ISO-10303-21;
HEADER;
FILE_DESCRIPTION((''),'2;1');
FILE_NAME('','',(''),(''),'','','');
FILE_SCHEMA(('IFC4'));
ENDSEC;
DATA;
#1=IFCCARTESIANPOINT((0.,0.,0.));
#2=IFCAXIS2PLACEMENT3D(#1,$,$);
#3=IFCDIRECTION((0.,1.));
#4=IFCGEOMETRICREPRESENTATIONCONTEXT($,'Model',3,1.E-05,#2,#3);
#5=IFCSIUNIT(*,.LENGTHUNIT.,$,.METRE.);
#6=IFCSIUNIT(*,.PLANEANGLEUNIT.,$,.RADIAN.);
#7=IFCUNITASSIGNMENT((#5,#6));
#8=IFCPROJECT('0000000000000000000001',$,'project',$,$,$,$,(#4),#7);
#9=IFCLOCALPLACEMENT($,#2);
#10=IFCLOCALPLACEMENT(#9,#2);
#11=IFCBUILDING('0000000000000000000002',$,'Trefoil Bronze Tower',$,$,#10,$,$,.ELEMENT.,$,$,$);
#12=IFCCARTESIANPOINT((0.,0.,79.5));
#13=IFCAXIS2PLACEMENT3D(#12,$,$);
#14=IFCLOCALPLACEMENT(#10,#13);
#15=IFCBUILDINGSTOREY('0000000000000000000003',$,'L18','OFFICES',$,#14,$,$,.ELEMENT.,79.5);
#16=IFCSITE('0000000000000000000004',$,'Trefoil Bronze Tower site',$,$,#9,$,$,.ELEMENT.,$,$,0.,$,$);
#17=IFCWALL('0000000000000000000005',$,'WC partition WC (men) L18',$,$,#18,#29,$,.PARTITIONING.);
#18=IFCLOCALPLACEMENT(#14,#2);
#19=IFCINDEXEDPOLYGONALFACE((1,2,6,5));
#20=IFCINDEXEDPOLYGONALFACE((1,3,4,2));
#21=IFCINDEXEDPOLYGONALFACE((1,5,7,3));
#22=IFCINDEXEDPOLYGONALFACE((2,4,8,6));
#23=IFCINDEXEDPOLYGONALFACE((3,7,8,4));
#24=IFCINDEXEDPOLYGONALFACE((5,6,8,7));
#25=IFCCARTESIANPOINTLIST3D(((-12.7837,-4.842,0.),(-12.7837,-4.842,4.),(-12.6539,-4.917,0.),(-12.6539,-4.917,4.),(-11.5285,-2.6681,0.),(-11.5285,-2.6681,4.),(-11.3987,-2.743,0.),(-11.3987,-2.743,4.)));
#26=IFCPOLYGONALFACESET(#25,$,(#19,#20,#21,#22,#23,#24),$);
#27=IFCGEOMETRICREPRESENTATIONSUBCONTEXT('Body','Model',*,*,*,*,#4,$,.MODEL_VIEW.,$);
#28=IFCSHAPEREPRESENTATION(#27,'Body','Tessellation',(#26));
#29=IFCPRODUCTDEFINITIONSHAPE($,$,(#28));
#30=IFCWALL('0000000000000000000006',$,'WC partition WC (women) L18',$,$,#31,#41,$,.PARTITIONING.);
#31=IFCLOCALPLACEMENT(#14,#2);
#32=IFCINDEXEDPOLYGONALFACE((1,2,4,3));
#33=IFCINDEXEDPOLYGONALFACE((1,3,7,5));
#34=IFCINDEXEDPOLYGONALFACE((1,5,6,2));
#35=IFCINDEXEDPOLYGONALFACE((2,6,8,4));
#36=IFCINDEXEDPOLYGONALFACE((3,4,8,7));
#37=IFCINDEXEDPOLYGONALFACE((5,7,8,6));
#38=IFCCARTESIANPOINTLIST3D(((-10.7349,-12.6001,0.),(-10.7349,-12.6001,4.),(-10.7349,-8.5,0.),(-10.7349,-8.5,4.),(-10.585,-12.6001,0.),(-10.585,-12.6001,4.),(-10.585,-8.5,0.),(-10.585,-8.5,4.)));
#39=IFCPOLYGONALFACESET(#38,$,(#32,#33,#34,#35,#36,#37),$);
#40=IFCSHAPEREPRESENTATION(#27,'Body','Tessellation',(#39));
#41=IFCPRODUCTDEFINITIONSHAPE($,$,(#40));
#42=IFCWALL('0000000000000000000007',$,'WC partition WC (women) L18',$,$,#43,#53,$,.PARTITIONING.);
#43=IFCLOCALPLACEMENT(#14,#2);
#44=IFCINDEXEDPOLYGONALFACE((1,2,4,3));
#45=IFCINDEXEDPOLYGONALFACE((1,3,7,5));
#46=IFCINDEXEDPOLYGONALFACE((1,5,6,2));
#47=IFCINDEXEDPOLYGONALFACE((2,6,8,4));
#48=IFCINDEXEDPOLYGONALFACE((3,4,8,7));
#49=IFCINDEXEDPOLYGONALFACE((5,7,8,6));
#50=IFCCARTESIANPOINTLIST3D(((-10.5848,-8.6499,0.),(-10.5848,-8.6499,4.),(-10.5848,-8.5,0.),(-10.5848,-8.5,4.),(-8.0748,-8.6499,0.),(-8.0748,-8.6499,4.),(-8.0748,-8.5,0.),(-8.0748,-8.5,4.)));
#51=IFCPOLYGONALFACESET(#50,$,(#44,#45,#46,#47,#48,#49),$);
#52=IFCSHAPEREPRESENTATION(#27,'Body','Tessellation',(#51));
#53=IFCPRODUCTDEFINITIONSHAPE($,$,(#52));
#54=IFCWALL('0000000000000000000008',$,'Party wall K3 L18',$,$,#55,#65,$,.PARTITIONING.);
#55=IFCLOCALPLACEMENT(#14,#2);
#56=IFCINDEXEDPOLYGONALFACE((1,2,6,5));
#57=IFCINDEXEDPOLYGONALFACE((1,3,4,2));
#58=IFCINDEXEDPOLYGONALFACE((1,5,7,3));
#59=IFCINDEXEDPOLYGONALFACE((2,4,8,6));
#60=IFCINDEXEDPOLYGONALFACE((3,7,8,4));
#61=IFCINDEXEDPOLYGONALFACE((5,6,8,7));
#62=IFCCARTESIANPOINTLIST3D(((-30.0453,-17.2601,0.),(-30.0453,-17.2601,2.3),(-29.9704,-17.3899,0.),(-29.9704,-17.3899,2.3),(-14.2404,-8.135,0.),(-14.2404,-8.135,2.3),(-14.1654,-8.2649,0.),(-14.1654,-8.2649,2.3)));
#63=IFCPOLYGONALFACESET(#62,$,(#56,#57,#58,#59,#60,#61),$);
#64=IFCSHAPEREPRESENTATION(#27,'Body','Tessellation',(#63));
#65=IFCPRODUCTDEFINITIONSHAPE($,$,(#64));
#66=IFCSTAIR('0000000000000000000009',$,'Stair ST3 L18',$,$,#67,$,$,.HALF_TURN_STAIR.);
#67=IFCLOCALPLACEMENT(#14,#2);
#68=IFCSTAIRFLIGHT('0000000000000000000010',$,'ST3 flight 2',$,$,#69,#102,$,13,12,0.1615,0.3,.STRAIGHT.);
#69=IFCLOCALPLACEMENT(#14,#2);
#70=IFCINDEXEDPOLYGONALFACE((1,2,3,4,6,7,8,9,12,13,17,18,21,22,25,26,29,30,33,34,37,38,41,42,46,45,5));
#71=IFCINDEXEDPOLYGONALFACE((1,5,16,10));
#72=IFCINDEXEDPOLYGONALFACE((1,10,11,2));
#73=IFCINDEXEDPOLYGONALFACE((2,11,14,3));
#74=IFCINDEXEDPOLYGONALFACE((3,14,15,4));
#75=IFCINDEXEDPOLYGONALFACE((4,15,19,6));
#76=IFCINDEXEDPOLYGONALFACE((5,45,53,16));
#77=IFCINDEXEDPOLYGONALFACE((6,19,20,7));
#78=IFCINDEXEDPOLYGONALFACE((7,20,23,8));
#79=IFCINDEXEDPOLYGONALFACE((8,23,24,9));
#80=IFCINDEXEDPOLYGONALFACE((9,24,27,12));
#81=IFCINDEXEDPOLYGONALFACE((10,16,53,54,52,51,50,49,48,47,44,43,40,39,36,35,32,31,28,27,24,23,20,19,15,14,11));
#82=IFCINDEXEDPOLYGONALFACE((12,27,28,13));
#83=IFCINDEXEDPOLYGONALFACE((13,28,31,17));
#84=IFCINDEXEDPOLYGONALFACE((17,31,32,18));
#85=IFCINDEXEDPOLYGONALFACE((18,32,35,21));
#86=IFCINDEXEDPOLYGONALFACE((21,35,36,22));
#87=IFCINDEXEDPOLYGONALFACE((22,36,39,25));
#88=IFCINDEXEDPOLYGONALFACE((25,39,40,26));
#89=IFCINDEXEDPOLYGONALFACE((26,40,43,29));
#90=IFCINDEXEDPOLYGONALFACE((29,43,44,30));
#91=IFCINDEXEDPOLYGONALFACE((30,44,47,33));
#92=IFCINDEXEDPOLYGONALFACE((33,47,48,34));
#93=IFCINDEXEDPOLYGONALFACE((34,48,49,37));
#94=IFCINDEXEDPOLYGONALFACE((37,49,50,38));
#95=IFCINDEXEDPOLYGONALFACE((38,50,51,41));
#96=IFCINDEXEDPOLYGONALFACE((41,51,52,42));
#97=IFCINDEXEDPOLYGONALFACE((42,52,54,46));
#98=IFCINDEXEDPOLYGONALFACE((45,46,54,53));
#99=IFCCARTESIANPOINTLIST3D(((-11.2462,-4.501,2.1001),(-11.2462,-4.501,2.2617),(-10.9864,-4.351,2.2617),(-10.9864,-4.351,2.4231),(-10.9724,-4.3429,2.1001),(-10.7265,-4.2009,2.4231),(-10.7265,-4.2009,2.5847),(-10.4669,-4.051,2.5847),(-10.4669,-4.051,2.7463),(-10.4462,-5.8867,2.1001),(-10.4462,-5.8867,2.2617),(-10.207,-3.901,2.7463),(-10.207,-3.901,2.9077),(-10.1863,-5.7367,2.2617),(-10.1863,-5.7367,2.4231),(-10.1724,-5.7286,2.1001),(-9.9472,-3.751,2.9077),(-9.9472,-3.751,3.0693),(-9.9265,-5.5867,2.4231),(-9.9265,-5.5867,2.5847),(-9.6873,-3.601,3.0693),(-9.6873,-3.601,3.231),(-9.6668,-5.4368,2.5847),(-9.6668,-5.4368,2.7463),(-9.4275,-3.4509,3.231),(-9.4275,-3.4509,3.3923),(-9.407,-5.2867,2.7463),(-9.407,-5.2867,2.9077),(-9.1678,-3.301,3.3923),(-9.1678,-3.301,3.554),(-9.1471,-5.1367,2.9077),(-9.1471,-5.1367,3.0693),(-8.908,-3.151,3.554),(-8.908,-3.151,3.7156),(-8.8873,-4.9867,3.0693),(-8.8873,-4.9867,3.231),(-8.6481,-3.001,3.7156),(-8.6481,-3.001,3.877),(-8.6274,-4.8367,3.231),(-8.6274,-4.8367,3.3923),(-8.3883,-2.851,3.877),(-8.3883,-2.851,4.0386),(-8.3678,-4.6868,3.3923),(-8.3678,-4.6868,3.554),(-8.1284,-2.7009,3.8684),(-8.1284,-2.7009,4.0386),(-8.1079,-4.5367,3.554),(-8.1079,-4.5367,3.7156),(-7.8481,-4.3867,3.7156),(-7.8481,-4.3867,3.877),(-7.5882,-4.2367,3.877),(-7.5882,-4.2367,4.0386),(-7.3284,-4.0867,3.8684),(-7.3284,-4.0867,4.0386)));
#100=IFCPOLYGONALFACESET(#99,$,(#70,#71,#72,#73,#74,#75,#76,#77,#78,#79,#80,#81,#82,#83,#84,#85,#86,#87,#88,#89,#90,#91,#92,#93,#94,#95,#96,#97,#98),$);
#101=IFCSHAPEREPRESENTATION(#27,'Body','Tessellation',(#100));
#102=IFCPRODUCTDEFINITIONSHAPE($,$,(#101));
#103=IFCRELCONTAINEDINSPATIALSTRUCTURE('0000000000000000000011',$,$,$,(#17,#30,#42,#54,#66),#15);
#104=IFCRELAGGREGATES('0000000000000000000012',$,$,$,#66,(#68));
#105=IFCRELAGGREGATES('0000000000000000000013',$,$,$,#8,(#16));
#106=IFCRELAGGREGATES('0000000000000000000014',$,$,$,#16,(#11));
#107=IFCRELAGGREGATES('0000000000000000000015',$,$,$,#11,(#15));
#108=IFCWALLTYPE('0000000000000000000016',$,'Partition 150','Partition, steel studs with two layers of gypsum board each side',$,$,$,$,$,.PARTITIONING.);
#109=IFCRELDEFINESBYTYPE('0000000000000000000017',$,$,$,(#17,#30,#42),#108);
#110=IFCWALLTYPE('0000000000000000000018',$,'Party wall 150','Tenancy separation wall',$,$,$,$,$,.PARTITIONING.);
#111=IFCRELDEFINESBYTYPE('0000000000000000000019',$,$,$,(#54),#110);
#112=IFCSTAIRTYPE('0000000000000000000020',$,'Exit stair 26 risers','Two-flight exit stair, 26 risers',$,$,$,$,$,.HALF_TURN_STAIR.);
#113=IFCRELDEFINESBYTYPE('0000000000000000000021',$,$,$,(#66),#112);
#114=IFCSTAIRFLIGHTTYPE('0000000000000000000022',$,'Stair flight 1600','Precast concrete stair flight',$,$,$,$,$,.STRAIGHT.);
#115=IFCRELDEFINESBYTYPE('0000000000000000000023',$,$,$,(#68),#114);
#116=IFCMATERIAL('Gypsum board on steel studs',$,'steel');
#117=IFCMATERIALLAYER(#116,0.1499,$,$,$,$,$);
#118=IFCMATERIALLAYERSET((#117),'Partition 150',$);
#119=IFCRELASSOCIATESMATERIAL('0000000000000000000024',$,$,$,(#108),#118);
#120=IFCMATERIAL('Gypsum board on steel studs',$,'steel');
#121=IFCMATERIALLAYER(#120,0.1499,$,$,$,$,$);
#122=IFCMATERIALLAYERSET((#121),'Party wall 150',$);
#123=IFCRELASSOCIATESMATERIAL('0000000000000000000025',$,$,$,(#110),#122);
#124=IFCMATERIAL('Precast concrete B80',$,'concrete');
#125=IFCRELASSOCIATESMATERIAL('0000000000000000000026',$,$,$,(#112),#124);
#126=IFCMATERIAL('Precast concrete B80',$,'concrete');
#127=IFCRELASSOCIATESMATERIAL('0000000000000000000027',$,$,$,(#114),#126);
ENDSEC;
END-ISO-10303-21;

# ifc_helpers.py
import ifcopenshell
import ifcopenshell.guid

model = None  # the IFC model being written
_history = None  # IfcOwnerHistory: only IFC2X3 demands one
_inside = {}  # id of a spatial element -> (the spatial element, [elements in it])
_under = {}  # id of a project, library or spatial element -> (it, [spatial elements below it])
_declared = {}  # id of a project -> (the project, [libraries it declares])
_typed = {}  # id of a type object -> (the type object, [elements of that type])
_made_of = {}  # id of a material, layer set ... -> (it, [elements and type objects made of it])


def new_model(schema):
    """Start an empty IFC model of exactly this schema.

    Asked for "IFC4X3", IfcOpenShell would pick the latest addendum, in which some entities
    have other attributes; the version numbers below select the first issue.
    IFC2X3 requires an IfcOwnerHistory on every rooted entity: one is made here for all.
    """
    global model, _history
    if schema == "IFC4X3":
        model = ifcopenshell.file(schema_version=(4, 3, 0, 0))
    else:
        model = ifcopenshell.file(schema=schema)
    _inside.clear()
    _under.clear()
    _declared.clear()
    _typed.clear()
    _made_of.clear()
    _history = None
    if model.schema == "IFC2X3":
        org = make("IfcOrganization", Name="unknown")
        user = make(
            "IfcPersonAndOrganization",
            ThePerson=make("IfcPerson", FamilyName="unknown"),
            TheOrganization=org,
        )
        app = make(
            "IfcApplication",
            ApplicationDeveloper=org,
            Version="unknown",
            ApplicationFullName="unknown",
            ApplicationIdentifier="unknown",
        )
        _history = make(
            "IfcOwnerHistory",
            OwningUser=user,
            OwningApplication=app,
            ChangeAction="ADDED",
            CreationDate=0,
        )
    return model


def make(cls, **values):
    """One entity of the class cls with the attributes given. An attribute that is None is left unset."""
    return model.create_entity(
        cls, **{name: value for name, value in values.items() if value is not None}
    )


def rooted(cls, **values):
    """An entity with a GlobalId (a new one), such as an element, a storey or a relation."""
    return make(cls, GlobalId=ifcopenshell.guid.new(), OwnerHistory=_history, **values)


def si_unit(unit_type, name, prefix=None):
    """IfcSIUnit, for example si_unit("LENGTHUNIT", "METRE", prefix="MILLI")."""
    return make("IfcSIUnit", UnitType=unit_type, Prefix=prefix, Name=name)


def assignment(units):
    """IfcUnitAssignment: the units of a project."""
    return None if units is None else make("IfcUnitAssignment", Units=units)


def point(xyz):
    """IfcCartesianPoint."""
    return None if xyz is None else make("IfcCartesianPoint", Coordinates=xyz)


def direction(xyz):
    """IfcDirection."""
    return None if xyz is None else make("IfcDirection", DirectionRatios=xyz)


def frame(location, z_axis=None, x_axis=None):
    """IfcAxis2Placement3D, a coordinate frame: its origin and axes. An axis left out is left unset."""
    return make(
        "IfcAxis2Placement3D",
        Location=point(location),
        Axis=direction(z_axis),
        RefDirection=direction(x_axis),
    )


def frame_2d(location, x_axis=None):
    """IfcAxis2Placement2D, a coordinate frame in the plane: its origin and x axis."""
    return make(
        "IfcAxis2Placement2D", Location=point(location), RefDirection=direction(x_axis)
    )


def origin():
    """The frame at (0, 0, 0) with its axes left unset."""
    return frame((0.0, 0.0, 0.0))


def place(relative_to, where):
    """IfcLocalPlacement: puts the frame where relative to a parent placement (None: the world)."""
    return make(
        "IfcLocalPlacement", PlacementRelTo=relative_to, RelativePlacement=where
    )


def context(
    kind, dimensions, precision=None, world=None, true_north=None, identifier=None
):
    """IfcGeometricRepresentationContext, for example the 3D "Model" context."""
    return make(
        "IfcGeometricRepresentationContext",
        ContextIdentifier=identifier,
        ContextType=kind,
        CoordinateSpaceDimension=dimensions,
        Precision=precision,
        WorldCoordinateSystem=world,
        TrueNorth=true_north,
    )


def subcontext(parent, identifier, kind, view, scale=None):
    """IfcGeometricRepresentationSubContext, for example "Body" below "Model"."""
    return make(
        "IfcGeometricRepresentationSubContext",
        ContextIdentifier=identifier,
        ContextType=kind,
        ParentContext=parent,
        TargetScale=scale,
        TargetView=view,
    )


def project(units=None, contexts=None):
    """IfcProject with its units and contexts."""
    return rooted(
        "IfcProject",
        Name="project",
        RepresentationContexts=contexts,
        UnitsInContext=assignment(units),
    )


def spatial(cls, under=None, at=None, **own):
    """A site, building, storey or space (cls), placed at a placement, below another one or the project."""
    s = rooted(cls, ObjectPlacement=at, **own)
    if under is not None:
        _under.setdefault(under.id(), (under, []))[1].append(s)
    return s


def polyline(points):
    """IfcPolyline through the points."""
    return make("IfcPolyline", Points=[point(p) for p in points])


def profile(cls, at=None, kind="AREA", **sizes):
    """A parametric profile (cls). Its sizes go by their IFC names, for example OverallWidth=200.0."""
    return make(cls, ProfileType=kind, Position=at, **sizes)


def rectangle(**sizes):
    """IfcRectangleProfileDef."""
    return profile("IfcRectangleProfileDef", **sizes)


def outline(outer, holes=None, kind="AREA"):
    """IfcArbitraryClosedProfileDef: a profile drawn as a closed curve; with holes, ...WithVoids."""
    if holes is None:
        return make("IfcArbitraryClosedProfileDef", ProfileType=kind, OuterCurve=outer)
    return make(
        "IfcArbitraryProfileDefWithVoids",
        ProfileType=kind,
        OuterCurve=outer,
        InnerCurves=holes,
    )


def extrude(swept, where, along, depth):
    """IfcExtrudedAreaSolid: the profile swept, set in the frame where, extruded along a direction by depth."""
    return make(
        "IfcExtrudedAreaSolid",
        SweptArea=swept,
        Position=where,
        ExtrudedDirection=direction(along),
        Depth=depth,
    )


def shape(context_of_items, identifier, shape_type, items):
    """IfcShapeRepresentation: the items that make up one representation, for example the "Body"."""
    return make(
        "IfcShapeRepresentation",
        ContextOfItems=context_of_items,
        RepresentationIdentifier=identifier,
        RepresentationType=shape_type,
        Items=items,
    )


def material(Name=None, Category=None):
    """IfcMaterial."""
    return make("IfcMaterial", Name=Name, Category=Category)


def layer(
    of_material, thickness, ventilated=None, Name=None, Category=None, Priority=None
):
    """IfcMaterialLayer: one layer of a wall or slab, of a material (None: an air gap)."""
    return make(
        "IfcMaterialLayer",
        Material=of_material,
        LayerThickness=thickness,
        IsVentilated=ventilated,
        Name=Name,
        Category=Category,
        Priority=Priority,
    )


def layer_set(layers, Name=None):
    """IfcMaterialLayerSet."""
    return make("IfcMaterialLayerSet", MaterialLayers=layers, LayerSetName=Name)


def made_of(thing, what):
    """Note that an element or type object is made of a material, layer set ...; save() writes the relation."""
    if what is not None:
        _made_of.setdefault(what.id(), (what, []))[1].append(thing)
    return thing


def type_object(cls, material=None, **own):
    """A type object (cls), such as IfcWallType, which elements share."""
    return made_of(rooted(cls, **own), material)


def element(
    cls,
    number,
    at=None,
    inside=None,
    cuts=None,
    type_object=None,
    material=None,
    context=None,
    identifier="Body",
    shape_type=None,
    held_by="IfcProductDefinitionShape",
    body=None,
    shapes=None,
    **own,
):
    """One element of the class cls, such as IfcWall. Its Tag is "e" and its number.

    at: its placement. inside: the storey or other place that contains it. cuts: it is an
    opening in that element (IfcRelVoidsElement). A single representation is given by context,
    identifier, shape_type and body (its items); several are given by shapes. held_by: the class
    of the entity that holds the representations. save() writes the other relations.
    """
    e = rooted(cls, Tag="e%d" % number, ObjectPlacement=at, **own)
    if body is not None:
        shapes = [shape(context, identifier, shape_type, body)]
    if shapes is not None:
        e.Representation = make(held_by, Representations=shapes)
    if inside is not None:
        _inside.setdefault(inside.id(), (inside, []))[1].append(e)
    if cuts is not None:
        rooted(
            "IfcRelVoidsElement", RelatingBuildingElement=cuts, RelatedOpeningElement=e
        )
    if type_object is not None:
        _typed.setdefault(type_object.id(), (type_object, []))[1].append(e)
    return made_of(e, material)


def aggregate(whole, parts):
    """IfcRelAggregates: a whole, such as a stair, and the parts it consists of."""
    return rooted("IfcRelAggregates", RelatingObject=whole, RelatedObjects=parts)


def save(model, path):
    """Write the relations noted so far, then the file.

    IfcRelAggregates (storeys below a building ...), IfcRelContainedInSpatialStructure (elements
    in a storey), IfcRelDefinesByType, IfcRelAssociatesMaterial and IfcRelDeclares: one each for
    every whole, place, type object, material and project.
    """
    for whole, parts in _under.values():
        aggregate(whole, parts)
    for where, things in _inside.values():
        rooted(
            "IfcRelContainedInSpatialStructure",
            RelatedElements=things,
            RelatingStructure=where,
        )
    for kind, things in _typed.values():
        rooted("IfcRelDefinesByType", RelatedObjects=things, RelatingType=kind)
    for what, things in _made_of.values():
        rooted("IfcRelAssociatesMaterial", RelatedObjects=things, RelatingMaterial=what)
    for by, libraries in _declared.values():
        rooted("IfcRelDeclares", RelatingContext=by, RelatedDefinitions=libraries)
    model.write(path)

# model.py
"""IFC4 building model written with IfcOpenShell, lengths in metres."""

from ifc_helpers import new_model, si_unit, direction, frame, frame_2d, origin, place, context, subcontext, project, spatial, polyline, rectangle, outline, extrude, material, layer, layer_set, type_object, element, aggregate, save


model = new_model("IFC4")

# Units and contexts
model_context = context("Model", 3, precision=1e-05, world=origin(), true_north=direction((0.0, 1.0)))
body_context = subcontext(model_context, "Body", "Model", "MODEL_VIEW")
ifc_project = project(units=[si_unit("LENGTHUNIT", "METRE"), si_unit("PLANEANGLEUNIT", "RADIAN")], contexts=[model_context])

# Site, building, storey
site_placement = place(None, origin())
site = spatial("IfcSite", under=ifc_project, at=site_placement, Name="Trefoil Bronze Tower site", CompositionType="ELEMENT", RefElevation=0.0)
building_placement = place(site_placement, origin())
building = spatial("IfcBuilding", under=site, at=building_placement, Name="Trefoil Bronze Tower", CompositionType="ELEMENT")
storey_placement = place(building_placement, frame((0.0, 0.0, 79.5)))
storey = spatial("IfcBuildingStorey", under=building, at=storey_placement, Name="L18", Description="OFFICES", CompositionType="ELEMENT", Elevation=79.5)

# Shared definitions
ifc_material_1 = material(Name="Gypsum board on steel studs", Category="steel")
ifc_layer_1 = layer(ifc_material_1, 0.1499)
ifc_layer_set_1 = layer_set([ifc_layer_1], Name="Partition 150")
wall_type_1 = type_object("IfcWallType", Name="Partition 150", Description="Partition, steel studs with two layers of gypsum board each side", PredefinedType="PARTITIONING", material=ifc_layer_set_1)

# Walls
wall_1_placement = place(storey_placement, frame((-11.4636, -2.7056, 0.0), z_axis=(0.0, 0.0, 1.0), x_axis=(-0.50002, -0.866014, 0.0)))
element("IfcWall", 1, at=wall_1_placement, inside=storey, type_object=wall_type_1, Name="WC partition WC (men) L18", PredefinedType="PARTITIONING", context=body_context, shape_type="SweptSolid", body=[
    extrude(rectangle(XDim=2.5103, YDim=0.1499, at=frame_2d((1.2551, 0.0))), origin(), (0.0, 0.0, 1.0), 4.0),
])
wall_2_placement = place(storey_placement, frame((-10.6599, -8.5, 0.0), z_axis=(0.0, 0.0, 1.0), x_axis=(0.0, -1.0, 0.0)))
element("IfcWall", 2, at=wall_2_placement, inside=storey, type_object=wall_type_1, Name="WC partition WC (women) L18", PredefinedType="PARTITIONING", context=body_context, shape_type="SweptSolid", body=[
    extrude(rectangle(XDim=4.1001, YDim=0.1499, at=frame_2d((2.05, 0.0))), origin(), (0.0, 0.0, 1.0), 4.0),
])
wall_3_placement = place(storey_placement, frame((-8.075, -8.575, 0.0), z_axis=(0.0, 0.0, 1.0), x_axis=(-1.0, 0.0, 0.0)))
element("IfcWall", 3, at=wall_3_placement, inside=storey, type_object=wall_type_1, Name="WC partition WC (women) L18", PredefinedType="PARTITIONING", context=body_context, shape_type="SweptSolid", body=[
    extrude(rectangle(XDim=2.51, YDim=0.1499, at=frame_2d((1.2549, 0.0))), origin(), (0.0, 0.0, 1.0), 4.0),
])
ifc_material_2 = material(Name="Gypsum board on steel studs", Category="steel")
ifc_layer_2 = layer(ifc_material_2, 0.1499)
ifc_layer_set_2 = layer_set([ifc_layer_2], Name="Party wall 150")
wall_type_2 = type_object("IfcWallType", Name="Party wall 150", Description="Tenancy separation wall", PredefinedType="PARTITIONING", material=ifc_layer_set_2)
wall_4_placement = place(storey_placement, frame((-14.2029, -8.2, 0.0), z_axis=(0.0, 0.0, 1.0), x_axis=(-0.866025, -0.500001, 0.0)))
element("IfcWall", 4, at=wall_4_placement, inside=storey, type_object=wall_type_2, Name="Party wall K3 L18", PredefinedType="PARTITIONING", context=body_context, shape_type="SweptSolid", body=[
    extrude(rectangle(XDim=18.25, YDim=0.1499, at=frame_2d((9.125, 0.0))), origin(), (0.0, 0.0, 1.0), 2.3),
])

# Stair, stair flight
ifc_material_3 = material(Name="Precast concrete B80", Category="concrete")
stair_type = type_object("IfcStairType", Name="Exit stair 26 risers", Description="Two-flight exit stair, 26 risers", PredefinedType="HALF_TURN_STAIR", material=ifc_material_3)
stair_placement = place(storey_placement, origin())
stair = element("IfcStair", 5, at=stair_placement, inside=storey, type_object=stair_type, Name="Stair ST3 L18", PredefinedType="HALF_TURN_STAIR")
ifc_material_4 = material(Name="Precast concrete B80", Category="concrete")
stair_flight_type = type_object("IfcStairFlightType", Name="Stair flight 1600", Description="Precast concrete stair flight", PredefinedType="STRAIGHT", material=ifc_material_4)
stair_flight_placement = place(storey_placement, frame((-10.8462, -5.1938, 2.1001), z_axis=(0.0, 0.0, 1.0), x_axis=(0.866025, 0.5, 0.0)))
stair_flight = element("IfcStairFlight", 6, at=stair_flight_placement, type_object=stair_flight_type, Name="ST3 flight 2", NumberOfRisers=13, NumberOfTreads=12, PredefinedType="STRAIGHT", RiserHeight=0.1615, TreadLength=0.3, context=body_context, shape_type="SweptSolid", body=[
    extrude(outline(polyline([(0.0, 0.0), (0.0, 0.1616), (0.3, 0.1616), (0.3, 0.323), (0.6001, 0.323), (0.6001, 0.4846), (0.8999, 0.4846), (0.8999, 0.6462), (1.2, 0.6462), (1.2, 0.8076), (1.5, 0.8076), (1.5, 0.9692), (1.8, 0.9692), (1.8, 1.1309), (2.1001, 1.1309), (2.1001, 1.2922), (2.3999, 1.2922), (2.3999, 1.4539), (2.7, 1.4539), (2.7, 1.6155), (3.0, 1.6155), (3.0, 1.7769), (3.3, 1.7769), (3.3, 1.9385), (3.6001, 1.9385), (3.6001, 2.1001), (3.6001, 1.7683), (0.3162, 0.0), (0.0, 0.0)])), frame((0.0, 0.8, 0.0), z_axis=(0.0, -1.0, 0.0), x_axis=(1.0, 0.0, 0.0)), (0.0, 0.0, 1.0), 1.6001),
])
aggregate(stair, [stair_flight])

save(model, "model.ifc")
